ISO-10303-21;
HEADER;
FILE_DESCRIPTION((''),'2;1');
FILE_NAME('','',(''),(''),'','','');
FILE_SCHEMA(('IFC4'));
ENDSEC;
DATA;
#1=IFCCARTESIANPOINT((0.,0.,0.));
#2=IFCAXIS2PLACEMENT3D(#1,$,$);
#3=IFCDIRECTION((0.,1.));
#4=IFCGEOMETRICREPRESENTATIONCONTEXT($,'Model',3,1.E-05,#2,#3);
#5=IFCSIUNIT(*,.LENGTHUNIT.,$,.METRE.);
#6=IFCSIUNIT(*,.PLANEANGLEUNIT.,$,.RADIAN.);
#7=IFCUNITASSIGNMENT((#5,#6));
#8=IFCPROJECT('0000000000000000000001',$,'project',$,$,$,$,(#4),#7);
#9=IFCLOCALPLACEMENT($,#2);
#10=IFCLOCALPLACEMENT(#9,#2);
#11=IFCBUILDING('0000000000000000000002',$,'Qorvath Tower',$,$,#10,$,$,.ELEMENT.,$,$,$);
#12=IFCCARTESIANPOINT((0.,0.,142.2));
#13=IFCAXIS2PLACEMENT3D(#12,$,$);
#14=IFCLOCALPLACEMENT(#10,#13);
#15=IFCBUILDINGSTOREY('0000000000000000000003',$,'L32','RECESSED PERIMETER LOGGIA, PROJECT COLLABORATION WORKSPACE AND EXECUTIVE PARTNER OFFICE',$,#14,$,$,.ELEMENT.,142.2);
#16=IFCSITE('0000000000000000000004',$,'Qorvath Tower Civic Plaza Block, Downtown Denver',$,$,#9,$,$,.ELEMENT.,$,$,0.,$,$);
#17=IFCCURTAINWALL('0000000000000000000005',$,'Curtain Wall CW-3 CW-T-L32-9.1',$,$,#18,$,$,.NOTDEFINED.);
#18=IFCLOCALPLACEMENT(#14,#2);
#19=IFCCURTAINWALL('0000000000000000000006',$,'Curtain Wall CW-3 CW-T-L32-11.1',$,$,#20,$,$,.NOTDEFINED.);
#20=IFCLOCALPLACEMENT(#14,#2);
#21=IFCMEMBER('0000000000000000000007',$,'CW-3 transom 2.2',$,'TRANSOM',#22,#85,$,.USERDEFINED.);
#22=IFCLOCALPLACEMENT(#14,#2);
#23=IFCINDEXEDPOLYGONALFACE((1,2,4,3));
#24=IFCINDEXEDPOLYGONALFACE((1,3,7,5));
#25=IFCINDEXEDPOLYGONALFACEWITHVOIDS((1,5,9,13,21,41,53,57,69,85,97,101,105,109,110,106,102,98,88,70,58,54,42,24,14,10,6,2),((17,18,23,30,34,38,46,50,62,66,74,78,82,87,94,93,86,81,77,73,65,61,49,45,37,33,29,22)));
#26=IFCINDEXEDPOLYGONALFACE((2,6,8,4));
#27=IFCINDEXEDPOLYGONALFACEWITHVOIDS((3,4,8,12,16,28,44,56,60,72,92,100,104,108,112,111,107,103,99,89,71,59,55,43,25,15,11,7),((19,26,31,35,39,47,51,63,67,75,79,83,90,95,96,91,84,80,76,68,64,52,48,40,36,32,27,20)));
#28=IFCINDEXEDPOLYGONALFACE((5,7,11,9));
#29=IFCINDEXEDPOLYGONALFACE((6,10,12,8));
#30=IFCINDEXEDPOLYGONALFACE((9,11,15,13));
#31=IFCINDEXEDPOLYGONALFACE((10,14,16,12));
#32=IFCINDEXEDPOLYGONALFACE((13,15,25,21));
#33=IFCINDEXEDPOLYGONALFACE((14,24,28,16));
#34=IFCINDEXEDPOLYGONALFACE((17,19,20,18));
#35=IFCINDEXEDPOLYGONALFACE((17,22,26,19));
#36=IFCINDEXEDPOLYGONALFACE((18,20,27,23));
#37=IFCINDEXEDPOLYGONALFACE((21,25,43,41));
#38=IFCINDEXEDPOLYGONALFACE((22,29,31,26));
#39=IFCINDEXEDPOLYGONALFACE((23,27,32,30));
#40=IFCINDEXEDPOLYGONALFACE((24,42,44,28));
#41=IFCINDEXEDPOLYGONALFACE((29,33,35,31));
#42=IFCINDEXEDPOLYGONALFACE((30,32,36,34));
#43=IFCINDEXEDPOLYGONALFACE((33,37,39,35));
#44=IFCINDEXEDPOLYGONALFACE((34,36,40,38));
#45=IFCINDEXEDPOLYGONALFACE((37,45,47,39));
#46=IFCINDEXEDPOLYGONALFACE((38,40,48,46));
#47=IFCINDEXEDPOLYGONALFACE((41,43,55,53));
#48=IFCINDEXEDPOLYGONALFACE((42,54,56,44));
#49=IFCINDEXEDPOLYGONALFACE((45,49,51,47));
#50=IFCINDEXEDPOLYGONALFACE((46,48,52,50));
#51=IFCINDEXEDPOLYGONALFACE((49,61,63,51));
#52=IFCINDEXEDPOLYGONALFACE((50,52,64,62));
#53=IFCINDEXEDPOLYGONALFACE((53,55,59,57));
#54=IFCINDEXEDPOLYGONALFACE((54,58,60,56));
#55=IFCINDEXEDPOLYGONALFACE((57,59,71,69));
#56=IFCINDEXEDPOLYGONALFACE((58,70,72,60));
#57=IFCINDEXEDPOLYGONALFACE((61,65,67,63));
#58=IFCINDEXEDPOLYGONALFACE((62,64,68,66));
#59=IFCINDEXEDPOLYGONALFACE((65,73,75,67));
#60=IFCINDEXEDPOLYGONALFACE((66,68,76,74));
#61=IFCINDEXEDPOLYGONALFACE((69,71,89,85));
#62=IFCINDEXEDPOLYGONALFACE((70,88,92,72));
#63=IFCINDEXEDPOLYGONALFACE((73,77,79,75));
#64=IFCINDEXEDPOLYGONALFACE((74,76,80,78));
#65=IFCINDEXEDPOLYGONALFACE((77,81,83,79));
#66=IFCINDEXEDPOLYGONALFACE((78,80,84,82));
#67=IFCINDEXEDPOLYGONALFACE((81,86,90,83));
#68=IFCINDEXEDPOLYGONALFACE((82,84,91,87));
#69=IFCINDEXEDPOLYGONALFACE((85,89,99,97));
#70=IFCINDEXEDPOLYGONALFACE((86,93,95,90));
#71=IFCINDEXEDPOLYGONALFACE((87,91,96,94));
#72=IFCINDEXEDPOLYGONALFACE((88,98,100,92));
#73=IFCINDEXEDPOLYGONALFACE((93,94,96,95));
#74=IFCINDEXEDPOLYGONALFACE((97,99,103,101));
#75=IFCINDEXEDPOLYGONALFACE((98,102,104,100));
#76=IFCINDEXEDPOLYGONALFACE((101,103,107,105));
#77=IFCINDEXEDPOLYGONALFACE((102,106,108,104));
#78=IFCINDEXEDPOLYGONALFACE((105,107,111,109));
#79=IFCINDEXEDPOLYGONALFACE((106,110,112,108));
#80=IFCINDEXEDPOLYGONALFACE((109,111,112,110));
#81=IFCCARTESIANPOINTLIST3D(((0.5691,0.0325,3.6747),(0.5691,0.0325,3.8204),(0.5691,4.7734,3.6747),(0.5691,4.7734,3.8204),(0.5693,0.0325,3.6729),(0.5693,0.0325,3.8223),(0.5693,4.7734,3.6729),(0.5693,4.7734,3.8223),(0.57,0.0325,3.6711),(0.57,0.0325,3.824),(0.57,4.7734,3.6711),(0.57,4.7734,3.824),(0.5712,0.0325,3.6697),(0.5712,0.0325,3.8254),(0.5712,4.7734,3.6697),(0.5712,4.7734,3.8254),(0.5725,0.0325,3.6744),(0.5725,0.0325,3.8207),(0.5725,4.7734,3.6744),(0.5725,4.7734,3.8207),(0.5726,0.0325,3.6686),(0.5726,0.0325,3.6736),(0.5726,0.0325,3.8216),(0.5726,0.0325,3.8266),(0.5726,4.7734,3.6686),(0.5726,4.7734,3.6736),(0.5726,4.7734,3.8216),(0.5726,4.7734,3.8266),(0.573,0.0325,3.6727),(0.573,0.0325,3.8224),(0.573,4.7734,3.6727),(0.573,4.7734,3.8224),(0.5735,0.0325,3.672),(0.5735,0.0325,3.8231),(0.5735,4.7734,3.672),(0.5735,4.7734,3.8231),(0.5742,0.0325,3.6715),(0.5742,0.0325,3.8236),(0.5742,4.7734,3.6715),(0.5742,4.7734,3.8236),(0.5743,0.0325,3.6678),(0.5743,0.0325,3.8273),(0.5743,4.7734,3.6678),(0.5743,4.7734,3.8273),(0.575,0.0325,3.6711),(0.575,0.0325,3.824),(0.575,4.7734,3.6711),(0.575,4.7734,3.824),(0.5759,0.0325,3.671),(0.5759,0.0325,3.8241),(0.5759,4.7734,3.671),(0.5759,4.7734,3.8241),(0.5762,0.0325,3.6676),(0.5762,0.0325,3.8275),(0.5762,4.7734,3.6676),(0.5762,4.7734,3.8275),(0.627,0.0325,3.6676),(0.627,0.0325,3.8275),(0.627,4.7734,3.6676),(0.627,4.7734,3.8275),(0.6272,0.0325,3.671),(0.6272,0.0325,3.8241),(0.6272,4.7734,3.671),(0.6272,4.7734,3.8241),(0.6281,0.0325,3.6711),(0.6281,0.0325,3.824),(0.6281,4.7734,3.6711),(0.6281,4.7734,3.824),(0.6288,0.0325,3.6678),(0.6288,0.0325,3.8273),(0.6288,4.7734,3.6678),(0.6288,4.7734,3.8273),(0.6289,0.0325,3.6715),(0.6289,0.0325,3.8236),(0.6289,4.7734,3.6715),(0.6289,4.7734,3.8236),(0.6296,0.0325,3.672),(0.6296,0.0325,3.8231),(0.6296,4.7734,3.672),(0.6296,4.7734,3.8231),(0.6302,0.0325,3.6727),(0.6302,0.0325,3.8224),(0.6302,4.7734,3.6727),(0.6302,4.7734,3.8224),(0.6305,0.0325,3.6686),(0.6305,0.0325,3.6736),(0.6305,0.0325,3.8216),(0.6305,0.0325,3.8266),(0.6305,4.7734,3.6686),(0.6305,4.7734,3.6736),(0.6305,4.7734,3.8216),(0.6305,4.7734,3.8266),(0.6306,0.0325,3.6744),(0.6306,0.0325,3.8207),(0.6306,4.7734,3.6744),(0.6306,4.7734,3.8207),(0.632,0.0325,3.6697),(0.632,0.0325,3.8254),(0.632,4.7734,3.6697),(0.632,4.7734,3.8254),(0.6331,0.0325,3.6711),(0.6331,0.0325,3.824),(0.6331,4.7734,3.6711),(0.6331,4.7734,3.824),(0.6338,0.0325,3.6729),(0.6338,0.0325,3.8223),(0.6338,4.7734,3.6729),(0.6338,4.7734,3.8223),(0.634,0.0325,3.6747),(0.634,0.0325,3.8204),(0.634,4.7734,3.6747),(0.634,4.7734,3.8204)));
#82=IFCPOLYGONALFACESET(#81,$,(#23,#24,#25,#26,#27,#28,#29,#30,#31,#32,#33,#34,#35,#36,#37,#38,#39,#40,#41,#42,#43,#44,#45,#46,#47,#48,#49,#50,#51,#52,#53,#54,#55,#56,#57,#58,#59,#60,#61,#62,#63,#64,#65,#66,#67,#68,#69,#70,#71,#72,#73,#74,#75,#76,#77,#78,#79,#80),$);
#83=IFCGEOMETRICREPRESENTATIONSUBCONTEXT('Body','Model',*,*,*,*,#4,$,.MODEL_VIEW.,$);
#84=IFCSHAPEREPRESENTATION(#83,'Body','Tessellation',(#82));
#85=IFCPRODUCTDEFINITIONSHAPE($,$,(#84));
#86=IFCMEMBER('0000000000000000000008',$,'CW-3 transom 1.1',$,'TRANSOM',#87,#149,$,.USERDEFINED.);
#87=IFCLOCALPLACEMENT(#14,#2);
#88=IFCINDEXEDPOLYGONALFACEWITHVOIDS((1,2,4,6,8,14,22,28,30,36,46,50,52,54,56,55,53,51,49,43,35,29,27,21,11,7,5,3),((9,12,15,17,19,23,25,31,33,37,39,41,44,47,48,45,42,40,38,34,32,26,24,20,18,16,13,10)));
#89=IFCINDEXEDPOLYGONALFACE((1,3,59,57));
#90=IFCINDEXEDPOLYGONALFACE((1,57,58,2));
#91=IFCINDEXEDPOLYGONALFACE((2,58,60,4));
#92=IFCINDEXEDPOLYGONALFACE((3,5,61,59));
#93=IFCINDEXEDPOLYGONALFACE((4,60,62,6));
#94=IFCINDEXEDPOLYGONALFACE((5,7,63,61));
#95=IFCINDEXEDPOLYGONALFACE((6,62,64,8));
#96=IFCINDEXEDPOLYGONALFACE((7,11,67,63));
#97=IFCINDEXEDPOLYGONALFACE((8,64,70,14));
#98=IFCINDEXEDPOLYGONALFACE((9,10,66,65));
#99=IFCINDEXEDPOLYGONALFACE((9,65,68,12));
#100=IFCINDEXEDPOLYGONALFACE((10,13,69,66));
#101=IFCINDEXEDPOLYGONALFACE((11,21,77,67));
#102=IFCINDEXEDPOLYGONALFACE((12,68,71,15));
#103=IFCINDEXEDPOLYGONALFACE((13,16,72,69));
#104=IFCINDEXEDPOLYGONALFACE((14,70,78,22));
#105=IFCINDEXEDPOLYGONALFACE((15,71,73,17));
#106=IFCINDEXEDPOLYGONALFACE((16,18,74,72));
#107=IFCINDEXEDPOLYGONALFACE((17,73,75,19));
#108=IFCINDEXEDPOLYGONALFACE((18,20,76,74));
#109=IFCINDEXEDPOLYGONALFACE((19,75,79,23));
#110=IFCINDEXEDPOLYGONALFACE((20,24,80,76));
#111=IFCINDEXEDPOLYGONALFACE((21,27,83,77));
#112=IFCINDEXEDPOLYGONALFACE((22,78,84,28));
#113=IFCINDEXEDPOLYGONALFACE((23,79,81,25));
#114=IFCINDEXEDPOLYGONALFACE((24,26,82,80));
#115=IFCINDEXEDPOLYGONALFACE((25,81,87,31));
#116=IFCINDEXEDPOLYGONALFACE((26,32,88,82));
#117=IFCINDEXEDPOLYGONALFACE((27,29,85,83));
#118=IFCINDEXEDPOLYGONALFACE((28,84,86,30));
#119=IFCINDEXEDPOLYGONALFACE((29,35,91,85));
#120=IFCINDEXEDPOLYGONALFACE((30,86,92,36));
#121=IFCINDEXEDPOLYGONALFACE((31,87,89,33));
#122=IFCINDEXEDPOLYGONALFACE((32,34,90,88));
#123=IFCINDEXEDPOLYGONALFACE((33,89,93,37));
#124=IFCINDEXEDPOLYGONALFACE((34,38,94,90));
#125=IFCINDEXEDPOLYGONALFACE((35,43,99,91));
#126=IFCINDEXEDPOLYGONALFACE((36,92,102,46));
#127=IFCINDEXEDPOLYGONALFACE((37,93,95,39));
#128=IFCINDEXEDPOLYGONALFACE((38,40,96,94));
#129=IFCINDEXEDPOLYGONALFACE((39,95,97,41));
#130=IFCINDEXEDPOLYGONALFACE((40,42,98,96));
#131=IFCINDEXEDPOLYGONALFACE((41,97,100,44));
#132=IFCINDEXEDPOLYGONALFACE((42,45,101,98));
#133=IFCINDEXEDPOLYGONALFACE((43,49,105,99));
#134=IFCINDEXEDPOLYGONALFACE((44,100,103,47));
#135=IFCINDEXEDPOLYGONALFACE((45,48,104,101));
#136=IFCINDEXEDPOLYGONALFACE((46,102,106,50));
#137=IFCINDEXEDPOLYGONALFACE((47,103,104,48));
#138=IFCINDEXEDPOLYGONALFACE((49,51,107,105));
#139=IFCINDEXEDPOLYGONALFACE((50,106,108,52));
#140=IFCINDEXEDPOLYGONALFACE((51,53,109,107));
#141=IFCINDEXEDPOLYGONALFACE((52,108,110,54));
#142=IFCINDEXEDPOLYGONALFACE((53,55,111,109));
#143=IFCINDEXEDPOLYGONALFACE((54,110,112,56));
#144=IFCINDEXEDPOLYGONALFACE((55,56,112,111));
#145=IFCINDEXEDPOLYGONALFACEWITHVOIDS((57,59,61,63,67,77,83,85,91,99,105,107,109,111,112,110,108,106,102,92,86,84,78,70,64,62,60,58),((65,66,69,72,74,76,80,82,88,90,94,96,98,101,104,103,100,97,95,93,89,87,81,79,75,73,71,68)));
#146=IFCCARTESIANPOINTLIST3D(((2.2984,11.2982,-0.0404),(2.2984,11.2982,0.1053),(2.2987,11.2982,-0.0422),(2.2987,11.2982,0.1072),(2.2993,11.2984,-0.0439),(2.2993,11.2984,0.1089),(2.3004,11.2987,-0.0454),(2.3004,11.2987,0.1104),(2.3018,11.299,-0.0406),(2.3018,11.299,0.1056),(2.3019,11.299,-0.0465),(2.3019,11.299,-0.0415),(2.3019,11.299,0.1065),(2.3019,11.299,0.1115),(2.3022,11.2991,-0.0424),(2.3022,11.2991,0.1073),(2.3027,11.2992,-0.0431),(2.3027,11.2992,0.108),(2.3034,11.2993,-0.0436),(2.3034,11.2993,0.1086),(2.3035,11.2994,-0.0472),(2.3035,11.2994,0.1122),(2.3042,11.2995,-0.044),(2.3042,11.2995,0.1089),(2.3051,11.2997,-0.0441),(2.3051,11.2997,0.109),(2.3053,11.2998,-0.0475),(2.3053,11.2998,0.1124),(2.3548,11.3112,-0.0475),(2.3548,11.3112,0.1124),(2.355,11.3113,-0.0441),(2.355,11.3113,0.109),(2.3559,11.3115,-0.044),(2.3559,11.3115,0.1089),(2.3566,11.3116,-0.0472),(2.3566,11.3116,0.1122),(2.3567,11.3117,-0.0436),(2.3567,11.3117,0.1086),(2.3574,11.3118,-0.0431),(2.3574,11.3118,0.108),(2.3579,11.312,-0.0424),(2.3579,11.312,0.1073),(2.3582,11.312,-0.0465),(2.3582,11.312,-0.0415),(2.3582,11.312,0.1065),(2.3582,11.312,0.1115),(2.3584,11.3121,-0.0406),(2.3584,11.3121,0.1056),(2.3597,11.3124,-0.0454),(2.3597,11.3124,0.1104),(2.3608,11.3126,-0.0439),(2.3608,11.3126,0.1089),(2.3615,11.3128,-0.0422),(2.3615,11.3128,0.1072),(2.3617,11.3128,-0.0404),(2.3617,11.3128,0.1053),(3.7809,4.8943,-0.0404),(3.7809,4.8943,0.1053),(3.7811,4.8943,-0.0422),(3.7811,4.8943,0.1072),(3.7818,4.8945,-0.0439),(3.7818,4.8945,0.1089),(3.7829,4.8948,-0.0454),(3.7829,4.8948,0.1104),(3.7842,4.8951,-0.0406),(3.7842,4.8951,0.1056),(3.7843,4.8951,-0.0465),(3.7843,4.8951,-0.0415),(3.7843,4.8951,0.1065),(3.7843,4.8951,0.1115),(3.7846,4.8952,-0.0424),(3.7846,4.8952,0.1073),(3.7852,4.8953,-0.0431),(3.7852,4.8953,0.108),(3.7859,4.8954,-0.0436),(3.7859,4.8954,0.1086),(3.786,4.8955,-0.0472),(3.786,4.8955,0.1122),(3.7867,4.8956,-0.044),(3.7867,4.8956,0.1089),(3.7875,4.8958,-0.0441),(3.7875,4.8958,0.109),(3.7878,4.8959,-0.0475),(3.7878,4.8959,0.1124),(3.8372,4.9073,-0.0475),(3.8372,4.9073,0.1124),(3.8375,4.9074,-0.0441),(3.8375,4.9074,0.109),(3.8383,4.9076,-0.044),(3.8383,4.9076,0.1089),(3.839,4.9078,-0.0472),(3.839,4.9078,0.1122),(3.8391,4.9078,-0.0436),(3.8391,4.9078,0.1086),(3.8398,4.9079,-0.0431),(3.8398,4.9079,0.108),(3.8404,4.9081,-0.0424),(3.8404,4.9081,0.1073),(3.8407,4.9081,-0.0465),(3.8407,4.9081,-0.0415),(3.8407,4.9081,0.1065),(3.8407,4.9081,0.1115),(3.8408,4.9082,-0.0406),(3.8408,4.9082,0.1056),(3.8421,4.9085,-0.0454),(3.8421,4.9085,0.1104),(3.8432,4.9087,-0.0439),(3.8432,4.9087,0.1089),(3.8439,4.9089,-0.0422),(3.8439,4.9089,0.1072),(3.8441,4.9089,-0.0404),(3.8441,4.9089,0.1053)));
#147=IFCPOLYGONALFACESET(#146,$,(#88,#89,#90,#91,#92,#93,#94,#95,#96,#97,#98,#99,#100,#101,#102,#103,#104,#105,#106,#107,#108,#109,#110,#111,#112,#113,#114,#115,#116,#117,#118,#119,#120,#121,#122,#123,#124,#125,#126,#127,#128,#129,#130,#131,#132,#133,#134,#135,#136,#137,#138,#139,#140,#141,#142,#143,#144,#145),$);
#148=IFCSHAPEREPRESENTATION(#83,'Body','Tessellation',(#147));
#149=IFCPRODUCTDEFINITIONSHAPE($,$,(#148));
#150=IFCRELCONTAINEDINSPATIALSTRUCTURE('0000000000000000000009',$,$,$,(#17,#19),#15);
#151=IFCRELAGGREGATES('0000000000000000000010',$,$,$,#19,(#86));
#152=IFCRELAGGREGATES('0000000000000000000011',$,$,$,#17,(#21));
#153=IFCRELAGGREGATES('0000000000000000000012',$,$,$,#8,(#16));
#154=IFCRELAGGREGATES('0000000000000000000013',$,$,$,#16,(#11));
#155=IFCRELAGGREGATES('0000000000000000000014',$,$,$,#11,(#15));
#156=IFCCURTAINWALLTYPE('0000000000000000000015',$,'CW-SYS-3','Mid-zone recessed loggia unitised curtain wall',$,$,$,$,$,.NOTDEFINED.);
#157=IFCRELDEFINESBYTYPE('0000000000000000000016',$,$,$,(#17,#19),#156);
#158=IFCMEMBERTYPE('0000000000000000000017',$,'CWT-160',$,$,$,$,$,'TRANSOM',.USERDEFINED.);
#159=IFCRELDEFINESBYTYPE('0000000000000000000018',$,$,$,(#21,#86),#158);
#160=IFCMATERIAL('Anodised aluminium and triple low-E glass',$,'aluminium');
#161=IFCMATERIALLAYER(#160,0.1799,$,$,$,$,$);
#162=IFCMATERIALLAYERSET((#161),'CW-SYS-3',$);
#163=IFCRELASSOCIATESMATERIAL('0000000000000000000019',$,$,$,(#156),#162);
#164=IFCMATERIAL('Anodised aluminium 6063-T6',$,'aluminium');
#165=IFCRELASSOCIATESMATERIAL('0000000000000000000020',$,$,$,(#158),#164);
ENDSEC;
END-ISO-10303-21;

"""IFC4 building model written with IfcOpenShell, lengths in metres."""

from ifc_helpers import new_model, si_unit, direction, frame, origin, origin_2d, place, context, subcontext, project, spatial, hollow_rectangle, extrude, material, layer, layer_set, material_profile, profile_set, type_object, element, aggregate, save


model = new_model("IFC4")

# Units and contexts
model_context = context("Model", 3, precision=1e-05, world=origin(), true_north=direction((0.0, 1.0)))
body_context = subcontext(model_context, "Body", "Model", "MODEL_VIEW")
ifc_project = project(units=[si_unit("LENGTHUNIT", "METRE"), si_unit("PLANEANGLEUNIT", "RADIAN")], contexts=[model_context])

# Site, building, storey
site_placement = place(None, origin())
site = spatial("IfcSite", under=ifc_project, at=site_placement, Name="Qorvath Tower Civic Plaza Block, Downtown Denver", CompositionType="ELEMENT", RefElevation=0.0)
building_placement = place(site_placement, origin())
building = spatial("IfcBuilding", under=site, at=building_placement, Name="Qorvath Tower", CompositionType="ELEMENT")
storey_placement = place(building_placement, frame((0.0, 0.0, 142.2)))
storey = spatial("IfcBuildingStorey", under=building, at=storey_placement, Name="L32", Description="RECESSED PERIMETER LOGGIA, PROJECT COLLABORATION WORKSPACE AND EXECUTIVE PARTNER OFFICE", CompositionType="ELEMENT", Elevation=142.2)

# Curtain wall
ifc_material_1 = material(Name="Anodised aluminium and triple low-E glass", Category="aluminium")
ifc_layer_1 = layer(ifc_material_1, 0.1799)
ifc_layer_set_1 = layer_set([ifc_layer_1], Name="CW-SYS-3")
curtain_wall_type = type_object("IfcCurtainWallType", Name="CW-SYS-3", Description="Mid-zone recessed loggia unitised curtain wall", PredefinedType="NOTDEFINED", material=ifc_layer_set_1)
curtain_wall_1_placement = place(storey_placement, origin())
curtain_wall_1 = element("IfcCurtainWall", 1, at=curtain_wall_1_placement, inside=storey, type_object=curtain_wall_type, Name="Curtain Wall CW-3 CW-T-L32-9.1", PredefinedType="NOTDEFINED")

# Curtain wall
curtain_wall_2_placement = place(storey_placement, origin())
curtain_wall_2 = element("IfcCurtainWall", 2, at=curtain_wall_2_placement, inside=storey, type_object=curtain_wall_type, Name="Curtain Wall CW-3 CW-T-L32-11.1", PredefinedType="NOTDEFINED")

# Members
ifc_material_2 = material(Name="Anodised aluminium 6063-T6", Category="aluminium")
ifc_material_profile_1 = material_profile(ifc_material_2, hollow_rectangle(XDim=0.0649, YDim=0.1599, WallThickness=0.0034, InnerFilletRadius=0.0034, OuterFilletRadius=0.0071, at=origin_2d()), Name="CWT 160x65")
ifc_profile_set_1 = profile_set([ifc_material_profile_1], Name="Anodised aluminium 6063-T6")
member_type_1 = type_object("IfcMemberType", Name="CWT-160", ElementType="TRANSOM", PredefinedType="USERDEFINED", material=ifc_profile_set_1)
member_1_placement = place(storey_placement, frame((0.6016, 0.0325, 3.7476), z_axis=(0.0, 1.0, 0.0), x_axis=(-1.0, 0.0, 0.0)))
member_1 = element("IfcMember", 3, at=member_1_placement, type_object=member_type_1, Name="CW-3 transom 2.2", ObjectType="TRANSOM", PredefinedType="USERDEFINED", context=body_context, shape_type="SweptSolid", body=[
    extrude(hollow_rectangle(XDim=0.0649, YDim=0.1599, WallThickness=0.0034, InnerFilletRadius=0.0034, OuterFilletRadius=0.0071, at=origin_2d()), origin(), (0.0, 0.0, 1.0), 4.741),
])
member_2_placement = place(storey_placement, frame((3.8125, 4.9016, 0.0325), z_axis=(-0.225527, 0.974237, 0.0), x_axis=(-0.974237, -0.225527, 0.0)))
member_2 = element("IfcMember", 4, at=member_2_placement, type_object=member_type_1, Name="CW-3 transom 1.1", ObjectType="TRANSOM", PredefinedType="USERDEFINED", context=body_context, shape_type="SweptSolid", body=[
    extrude(hollow_rectangle(XDim=0.0649, YDim=0.1599, WallThickness=0.0034, InnerFilletRadius=0.0034, OuterFilletRadius=0.0071, at=origin_2d()), origin(), (0.0, 0.0, 1.0), 6.5732),
])
aggregate(curtain_wall_2, [member_2])

aggregate(curtain_wall_1, [member_1])

save(model, "model.ifc")
